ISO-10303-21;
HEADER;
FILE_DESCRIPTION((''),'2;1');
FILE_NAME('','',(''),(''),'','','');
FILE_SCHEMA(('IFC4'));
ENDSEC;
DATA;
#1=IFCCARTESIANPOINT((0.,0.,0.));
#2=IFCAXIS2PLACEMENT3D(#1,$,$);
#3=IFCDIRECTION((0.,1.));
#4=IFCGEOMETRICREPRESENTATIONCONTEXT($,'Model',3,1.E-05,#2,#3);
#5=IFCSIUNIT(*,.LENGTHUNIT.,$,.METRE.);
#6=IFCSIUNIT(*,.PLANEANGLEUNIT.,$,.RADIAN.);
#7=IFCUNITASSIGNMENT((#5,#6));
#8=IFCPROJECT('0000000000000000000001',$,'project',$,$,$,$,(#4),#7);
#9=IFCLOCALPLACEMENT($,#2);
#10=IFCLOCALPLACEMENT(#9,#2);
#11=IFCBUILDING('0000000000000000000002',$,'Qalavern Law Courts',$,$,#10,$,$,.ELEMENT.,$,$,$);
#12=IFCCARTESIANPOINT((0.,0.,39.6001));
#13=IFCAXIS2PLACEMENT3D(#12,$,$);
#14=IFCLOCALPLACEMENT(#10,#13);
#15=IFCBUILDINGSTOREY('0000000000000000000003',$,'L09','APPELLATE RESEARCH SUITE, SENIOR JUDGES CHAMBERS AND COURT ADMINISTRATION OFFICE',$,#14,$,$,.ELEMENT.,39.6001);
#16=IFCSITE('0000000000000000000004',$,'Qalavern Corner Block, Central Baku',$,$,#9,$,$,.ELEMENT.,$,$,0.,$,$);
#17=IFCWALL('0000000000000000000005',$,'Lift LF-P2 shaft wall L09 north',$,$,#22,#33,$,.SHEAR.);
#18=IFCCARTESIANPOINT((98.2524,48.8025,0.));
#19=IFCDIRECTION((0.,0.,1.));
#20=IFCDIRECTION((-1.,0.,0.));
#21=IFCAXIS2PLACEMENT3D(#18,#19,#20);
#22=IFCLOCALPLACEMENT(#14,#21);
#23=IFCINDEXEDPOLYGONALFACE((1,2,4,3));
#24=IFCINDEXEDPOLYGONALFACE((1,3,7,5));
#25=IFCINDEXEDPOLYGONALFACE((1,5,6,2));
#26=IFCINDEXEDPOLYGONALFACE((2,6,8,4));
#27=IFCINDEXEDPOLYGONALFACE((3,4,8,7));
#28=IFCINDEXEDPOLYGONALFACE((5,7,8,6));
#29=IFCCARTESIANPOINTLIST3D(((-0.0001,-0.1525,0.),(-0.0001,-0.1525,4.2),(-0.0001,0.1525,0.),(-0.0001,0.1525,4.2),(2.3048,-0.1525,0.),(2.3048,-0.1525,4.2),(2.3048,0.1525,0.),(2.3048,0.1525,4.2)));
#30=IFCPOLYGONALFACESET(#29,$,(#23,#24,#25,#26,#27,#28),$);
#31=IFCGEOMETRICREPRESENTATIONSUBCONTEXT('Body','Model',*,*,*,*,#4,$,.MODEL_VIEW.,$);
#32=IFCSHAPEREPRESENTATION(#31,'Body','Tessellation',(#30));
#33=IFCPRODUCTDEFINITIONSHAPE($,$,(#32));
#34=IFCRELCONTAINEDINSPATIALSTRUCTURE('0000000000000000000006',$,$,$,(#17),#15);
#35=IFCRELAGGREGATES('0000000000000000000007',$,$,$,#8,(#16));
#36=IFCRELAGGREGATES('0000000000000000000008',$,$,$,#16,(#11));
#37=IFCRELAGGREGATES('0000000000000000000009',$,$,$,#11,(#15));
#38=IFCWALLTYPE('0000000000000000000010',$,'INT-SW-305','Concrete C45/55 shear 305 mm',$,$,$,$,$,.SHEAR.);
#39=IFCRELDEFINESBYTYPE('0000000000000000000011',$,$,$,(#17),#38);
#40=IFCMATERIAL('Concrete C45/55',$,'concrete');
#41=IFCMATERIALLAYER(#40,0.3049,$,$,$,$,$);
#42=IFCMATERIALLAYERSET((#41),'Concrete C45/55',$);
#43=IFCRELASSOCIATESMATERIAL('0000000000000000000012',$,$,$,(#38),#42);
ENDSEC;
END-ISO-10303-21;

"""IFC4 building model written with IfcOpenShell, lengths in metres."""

from ifc_helpers import new_model, si_unit, direction, frame, frame_2d, origin, place, context, subcontext, project, spatial, rectangle, extrude, material, layer, layer_set, type_object, element, save


model = new_model("IFC4")

# Units and contexts
model_context = context("Model", 3, precision=1e-05, world=origin(), true_north=direction((0.0, 1.0)))
body_context = subcontext(model_context, "Body", "Model", "MODEL_VIEW")
ifc_project = project(units=[si_unit("LENGTHUNIT", "METRE"), si_unit("PLANEANGLEUNIT", "RADIAN")], contexts=[model_context])

# Site, building, storey
site_placement = place(None, origin())
site = spatial("IfcSite", under=ifc_project, at=site_placement, Name="Qalavern Corner Block, Central Baku", CompositionType="ELEMENT", RefElevation=0.0)
building_placement = place(site_placement, origin())
building = spatial("IfcBuilding", under=site, at=building_placement, Name="Qalavern Law Courts", CompositionType="ELEMENT")
storey_placement = place(building_placement, frame((0.0, 0.0, 39.6001)))
storey = spatial("IfcBuildingStorey", under=building, at=storey_placement, Name="L09", Description="APPELLATE RESEARCH SUITE, SENIOR JUDGES CHAMBERS AND COURT ADMINISTRATION OFFICE", CompositionType="ELEMENT", Elevation=39.6001)

# Shared definitions
ifc_material_1 = material(Name="Concrete C45/55", Category="concrete")

# Wall
ifc_layer_1 = layer(ifc_material_1, 0.3049)
ifc_layer_set_1 = layer_set([ifc_layer_1], Name="Concrete C45/55")
wall_type_1 = type_object("IfcWallType", Name="INT-SW-305", Description="Concrete C45/55 shear 305 mm", PredefinedType="SHEAR", material=ifc_layer_set_1)
wall_1_placement = place(storey_placement, frame((98.2524, 48.8025, 0.0), z_axis=(0.0, 0.0, 1.0), x_axis=(-1.0, 0.0, 0.0)))
element("IfcWall", 1, at=wall_1_placement, inside=storey, type_object=wall_type_1, Name="Lift LF-P2 shaft wall L09 north", PredefinedType="SHEAR", context=body_context, shape_type="SweptSolid", body=[
    extrude(rectangle(XDim=2.3049, YDim=0.3049, at=frame_2d((1.1523, 0.0))), origin(), (0.0, 0.0, 1.0), 4.2),
])

save(model, "model.ifc")
